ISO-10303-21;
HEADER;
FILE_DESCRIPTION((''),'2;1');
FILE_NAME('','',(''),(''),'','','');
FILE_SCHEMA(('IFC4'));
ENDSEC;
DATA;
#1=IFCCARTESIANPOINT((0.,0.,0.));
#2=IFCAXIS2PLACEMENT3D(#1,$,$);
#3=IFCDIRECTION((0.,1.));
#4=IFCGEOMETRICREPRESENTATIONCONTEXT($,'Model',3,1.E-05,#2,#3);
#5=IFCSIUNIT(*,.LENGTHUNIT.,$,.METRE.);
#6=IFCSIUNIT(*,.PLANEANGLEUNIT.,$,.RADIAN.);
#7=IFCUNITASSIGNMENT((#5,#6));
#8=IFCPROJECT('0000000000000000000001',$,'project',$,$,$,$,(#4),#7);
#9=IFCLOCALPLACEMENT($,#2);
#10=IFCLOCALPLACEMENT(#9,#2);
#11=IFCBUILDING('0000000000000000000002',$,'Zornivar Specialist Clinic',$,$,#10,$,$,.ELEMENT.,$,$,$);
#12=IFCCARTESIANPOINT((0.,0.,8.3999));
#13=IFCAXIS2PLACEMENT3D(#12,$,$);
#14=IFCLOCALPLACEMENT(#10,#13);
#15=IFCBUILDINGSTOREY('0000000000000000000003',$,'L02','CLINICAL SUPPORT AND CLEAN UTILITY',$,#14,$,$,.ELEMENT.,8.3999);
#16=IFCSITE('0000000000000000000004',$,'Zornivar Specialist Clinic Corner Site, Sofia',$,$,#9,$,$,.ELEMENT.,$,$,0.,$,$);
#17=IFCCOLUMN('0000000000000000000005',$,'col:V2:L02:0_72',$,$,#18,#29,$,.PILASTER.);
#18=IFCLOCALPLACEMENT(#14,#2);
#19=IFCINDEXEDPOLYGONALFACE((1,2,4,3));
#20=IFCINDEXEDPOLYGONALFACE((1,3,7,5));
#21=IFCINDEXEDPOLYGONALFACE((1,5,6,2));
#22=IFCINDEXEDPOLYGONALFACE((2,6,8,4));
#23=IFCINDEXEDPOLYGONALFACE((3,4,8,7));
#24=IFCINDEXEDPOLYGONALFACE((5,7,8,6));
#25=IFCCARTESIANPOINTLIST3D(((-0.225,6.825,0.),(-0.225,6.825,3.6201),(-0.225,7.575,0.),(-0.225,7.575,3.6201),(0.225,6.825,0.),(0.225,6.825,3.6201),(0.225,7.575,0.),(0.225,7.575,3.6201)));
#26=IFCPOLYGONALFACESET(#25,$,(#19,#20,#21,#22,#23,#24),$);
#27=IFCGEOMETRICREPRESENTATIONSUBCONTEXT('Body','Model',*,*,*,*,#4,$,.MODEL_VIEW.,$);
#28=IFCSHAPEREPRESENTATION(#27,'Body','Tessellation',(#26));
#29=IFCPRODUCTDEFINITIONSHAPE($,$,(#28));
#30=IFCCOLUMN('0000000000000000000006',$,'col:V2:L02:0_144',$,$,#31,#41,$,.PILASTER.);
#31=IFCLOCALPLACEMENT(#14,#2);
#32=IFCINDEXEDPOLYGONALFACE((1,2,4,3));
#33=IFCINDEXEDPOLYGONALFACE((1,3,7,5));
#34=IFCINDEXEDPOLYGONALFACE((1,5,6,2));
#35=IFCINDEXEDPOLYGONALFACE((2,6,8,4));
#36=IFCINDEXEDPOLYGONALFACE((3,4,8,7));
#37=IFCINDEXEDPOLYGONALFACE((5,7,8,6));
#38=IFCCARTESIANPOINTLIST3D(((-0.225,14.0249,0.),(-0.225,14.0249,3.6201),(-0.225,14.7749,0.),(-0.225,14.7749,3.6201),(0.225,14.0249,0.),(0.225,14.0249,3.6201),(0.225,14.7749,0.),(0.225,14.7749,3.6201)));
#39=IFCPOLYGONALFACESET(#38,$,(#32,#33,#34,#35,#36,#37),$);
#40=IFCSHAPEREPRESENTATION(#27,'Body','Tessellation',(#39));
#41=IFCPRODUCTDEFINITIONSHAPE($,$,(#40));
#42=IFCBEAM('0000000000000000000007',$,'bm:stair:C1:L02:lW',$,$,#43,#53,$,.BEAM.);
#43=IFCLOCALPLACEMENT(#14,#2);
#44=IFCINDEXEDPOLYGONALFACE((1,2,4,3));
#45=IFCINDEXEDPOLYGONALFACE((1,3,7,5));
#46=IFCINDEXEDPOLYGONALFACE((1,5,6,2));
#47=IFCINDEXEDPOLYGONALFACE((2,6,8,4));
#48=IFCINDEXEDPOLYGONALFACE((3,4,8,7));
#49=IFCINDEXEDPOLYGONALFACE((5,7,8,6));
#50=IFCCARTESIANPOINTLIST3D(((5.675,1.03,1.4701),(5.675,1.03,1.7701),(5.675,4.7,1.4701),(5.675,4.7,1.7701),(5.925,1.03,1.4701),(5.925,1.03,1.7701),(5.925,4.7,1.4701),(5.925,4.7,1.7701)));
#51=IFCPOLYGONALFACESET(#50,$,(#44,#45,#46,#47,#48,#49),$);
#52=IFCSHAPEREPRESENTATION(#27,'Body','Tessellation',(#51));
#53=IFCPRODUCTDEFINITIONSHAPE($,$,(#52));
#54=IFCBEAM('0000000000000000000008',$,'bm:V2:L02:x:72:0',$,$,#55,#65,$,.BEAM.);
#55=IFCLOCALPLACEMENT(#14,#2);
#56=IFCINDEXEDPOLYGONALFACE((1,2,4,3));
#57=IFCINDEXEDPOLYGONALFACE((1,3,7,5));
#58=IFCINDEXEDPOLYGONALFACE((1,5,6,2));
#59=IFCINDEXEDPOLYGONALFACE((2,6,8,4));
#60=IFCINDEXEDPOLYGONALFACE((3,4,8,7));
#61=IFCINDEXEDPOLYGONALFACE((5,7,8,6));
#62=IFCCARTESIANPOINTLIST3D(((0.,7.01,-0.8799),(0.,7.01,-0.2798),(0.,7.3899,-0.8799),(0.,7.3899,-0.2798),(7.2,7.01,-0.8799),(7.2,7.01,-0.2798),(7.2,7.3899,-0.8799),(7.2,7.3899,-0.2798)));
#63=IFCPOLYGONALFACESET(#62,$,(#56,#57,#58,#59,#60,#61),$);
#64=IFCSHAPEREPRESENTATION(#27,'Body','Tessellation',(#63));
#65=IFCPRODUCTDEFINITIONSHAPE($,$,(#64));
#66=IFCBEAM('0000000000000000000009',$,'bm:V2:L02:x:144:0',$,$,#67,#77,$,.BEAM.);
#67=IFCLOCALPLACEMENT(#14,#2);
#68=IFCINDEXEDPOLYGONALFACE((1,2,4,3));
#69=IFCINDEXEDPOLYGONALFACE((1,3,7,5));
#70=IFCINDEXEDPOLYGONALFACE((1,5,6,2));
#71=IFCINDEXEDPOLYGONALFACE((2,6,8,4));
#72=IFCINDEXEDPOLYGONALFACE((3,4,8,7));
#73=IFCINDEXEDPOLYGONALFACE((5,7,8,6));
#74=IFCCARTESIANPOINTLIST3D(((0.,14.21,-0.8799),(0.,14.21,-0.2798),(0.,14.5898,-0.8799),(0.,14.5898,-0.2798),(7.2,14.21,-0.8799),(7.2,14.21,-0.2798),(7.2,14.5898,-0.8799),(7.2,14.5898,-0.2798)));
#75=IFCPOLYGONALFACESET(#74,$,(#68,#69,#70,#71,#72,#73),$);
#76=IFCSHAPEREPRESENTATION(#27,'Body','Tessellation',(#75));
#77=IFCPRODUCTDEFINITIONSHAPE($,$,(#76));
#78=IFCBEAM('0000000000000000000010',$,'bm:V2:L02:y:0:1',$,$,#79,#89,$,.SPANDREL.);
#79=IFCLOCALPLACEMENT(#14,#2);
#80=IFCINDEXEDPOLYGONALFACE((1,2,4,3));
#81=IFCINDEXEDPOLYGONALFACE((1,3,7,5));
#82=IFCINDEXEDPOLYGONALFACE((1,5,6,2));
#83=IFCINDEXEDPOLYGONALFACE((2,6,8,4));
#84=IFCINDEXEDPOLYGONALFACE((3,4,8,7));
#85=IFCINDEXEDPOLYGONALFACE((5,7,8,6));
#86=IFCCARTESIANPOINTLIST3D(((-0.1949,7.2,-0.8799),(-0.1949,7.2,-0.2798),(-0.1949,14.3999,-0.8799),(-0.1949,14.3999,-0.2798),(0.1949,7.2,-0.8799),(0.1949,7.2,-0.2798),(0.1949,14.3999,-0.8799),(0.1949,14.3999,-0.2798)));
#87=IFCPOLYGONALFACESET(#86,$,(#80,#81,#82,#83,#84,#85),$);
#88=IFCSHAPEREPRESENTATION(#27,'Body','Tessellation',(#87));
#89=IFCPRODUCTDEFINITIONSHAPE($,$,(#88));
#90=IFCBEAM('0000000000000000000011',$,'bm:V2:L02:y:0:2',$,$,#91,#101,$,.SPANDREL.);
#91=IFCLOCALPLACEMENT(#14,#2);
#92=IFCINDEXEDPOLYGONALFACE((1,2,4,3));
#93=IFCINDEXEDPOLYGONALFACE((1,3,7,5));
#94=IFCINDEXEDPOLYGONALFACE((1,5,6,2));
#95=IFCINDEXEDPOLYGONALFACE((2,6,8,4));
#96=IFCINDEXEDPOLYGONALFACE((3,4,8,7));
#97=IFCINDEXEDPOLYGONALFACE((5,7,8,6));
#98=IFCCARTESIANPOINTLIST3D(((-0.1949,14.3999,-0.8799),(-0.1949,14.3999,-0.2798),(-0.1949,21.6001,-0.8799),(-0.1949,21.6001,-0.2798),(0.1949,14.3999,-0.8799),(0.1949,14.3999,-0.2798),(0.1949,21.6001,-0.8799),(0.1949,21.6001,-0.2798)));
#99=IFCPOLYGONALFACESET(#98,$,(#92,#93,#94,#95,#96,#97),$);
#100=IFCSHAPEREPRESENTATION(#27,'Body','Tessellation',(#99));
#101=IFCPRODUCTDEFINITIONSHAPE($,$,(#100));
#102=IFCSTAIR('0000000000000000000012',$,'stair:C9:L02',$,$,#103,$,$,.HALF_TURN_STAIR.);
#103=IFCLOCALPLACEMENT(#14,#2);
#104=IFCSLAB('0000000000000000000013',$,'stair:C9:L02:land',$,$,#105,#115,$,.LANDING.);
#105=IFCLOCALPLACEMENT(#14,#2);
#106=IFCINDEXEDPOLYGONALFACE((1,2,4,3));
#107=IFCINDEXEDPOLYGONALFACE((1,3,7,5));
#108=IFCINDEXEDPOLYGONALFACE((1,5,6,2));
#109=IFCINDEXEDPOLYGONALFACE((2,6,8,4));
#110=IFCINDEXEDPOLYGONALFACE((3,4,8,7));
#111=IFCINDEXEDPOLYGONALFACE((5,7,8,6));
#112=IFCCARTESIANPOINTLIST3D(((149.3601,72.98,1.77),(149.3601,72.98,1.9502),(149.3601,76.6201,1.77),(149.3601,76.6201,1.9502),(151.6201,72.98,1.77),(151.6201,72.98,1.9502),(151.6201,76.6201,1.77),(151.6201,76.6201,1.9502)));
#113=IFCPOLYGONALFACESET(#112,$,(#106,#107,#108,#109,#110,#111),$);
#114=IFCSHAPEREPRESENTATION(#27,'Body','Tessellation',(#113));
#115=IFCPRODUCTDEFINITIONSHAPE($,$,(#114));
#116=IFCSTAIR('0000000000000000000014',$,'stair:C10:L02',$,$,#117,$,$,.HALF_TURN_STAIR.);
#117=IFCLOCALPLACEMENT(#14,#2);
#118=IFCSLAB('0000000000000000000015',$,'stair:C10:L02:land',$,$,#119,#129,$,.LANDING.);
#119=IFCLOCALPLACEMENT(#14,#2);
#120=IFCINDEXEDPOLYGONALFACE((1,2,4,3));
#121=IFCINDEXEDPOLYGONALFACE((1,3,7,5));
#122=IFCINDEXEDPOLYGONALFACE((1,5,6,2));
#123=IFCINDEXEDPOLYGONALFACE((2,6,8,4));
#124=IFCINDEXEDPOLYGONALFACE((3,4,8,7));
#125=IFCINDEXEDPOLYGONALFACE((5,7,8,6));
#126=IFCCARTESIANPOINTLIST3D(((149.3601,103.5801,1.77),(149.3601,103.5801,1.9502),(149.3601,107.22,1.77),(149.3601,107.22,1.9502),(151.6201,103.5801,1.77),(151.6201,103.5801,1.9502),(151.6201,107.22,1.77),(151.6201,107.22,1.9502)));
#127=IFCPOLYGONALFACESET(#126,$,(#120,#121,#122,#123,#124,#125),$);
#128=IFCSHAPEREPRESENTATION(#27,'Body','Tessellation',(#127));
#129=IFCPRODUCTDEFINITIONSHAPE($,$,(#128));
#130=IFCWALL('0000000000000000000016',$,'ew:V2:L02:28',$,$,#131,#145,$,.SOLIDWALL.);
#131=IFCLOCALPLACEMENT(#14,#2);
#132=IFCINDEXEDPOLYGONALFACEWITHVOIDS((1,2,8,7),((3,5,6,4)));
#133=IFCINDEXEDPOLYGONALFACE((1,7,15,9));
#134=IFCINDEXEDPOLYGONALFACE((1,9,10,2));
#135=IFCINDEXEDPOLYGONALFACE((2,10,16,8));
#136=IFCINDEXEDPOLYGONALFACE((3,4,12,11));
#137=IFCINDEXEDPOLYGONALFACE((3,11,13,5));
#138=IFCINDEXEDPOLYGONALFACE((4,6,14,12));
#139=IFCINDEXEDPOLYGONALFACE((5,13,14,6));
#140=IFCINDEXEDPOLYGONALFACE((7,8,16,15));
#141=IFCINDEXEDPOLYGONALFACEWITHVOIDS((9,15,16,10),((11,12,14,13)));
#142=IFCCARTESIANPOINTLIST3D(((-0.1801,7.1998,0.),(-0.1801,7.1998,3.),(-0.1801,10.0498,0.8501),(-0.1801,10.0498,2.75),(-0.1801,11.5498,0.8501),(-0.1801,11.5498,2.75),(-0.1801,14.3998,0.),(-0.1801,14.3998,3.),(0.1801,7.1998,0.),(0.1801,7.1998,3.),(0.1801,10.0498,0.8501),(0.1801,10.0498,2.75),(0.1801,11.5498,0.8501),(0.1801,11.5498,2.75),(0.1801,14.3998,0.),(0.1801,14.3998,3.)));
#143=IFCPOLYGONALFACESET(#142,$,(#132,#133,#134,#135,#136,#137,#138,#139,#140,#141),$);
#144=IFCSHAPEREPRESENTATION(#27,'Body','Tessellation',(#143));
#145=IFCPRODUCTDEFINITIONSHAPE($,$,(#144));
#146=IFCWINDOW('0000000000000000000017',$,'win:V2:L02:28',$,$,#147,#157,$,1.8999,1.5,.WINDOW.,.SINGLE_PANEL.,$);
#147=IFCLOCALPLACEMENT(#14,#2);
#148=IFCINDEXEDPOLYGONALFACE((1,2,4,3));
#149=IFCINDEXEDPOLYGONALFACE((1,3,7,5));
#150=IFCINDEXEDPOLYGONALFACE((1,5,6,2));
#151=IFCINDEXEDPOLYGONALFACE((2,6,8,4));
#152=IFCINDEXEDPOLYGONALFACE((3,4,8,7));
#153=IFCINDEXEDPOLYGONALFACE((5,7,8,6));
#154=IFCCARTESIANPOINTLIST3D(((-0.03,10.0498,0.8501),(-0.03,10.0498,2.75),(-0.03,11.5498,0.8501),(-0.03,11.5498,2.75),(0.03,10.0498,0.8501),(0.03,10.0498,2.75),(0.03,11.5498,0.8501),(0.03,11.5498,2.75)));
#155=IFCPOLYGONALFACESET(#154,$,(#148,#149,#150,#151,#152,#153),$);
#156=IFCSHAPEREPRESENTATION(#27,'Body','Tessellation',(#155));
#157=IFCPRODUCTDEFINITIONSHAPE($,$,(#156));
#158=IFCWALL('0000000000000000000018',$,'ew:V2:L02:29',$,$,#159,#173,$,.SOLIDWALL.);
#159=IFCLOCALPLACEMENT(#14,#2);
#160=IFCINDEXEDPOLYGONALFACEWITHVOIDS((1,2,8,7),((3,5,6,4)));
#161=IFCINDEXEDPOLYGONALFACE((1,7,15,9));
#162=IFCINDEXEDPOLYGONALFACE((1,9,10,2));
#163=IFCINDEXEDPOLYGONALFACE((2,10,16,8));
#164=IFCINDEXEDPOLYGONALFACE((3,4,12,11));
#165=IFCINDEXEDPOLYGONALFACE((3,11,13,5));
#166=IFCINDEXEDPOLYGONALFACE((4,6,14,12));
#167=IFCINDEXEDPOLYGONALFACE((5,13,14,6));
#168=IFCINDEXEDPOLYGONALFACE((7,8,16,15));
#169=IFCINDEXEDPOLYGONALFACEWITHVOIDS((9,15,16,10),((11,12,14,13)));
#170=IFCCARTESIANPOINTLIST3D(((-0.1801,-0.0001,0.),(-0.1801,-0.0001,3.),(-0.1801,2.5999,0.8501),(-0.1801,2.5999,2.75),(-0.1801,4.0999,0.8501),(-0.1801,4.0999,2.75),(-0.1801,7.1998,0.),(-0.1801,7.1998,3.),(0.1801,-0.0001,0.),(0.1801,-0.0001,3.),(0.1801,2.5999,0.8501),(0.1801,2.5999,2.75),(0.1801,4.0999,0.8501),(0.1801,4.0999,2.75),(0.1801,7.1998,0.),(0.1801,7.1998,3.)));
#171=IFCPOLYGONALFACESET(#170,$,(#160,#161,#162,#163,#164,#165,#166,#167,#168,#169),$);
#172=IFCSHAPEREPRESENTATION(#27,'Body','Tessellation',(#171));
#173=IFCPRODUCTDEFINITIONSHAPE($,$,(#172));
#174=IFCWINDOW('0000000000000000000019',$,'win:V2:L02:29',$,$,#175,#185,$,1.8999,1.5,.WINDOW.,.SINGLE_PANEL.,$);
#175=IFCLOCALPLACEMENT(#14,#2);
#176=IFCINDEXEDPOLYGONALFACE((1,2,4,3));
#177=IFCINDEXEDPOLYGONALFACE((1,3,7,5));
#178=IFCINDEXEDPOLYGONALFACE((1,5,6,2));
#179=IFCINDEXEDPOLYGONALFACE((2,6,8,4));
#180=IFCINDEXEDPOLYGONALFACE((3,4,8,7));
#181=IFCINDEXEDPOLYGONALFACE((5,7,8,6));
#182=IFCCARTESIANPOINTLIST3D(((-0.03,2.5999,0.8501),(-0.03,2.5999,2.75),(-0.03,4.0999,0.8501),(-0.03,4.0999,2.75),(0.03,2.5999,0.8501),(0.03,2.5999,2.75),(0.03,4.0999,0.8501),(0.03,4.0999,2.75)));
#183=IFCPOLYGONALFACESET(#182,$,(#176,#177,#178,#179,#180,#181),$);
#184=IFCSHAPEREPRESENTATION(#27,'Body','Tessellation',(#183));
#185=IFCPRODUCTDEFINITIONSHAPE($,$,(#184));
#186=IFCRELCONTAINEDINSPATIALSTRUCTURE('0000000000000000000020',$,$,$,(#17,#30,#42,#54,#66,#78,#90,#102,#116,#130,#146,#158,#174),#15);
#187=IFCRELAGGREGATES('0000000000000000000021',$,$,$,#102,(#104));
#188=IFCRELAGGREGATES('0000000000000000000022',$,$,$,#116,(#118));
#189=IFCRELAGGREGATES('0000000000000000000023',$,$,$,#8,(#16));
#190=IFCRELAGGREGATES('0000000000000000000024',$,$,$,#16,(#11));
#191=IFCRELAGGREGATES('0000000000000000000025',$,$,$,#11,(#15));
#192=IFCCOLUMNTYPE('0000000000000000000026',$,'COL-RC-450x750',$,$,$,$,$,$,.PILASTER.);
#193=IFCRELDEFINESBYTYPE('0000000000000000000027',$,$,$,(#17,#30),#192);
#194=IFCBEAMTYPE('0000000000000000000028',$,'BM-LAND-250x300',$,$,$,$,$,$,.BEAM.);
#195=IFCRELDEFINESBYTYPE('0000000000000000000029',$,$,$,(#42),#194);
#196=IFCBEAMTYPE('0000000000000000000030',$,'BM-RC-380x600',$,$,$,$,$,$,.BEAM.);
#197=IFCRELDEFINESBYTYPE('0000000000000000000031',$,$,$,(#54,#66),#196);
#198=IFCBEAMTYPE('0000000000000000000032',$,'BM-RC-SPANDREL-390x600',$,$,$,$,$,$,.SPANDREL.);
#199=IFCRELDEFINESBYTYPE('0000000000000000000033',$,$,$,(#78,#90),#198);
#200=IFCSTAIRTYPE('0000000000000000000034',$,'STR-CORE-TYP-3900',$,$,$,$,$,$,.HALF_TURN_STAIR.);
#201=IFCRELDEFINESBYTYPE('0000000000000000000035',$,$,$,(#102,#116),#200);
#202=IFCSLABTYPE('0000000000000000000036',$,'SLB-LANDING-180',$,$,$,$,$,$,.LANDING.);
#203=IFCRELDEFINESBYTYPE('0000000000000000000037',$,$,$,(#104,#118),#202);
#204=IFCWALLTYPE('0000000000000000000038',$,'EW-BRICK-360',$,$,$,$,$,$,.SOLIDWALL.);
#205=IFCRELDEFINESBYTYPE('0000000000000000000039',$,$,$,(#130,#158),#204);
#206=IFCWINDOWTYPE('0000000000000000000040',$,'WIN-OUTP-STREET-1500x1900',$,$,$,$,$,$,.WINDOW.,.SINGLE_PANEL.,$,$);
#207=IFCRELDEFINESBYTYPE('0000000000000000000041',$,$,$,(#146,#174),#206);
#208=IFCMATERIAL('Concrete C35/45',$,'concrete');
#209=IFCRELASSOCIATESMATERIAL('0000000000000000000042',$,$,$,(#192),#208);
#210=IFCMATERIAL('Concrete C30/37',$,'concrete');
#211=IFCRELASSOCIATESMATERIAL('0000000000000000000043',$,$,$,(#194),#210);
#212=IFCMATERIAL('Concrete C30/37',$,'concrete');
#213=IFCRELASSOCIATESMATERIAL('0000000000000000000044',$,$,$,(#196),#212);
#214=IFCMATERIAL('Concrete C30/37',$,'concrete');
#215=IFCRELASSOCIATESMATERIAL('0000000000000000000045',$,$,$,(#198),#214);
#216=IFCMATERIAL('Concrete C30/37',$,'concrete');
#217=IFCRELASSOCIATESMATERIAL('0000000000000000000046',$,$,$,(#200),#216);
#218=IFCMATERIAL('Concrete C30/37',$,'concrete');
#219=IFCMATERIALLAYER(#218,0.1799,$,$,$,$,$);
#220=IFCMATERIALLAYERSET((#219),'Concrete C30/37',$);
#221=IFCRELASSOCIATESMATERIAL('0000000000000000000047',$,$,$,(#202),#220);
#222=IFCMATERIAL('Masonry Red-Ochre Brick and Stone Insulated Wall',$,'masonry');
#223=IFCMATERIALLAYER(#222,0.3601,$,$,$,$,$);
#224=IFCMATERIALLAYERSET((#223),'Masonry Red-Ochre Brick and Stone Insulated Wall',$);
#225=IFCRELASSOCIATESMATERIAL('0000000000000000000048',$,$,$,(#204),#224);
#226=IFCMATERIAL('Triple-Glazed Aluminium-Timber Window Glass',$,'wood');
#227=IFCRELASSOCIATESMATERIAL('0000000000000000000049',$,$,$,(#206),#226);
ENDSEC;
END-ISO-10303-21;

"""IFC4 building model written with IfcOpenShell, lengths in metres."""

from ifc_helpers import new_model, si_unit, direction, frame, frame_2d, origin, origin_2d, place, context, subcontext, project, spatial, polyline, rectangle, outline, extrude, material, layer, layer_set, material_profile, profile_set, type_object, element, fill, aggregate, save


model = new_model("IFC4")

# Units and contexts
model_context = context("Model", 3, precision=1e-05, world=origin(), true_north=direction((0.0, 1.0)))
body_context = subcontext(model_context, "Body", "Model", "MODEL_VIEW")
ifc_project = project(units=[si_unit("LENGTHUNIT", "METRE"), si_unit("PLANEANGLEUNIT", "RADIAN")], contexts=[model_context])

# Site, building, storey
site_placement = place(None, origin())
site = spatial("IfcSite", under=ifc_project, at=site_placement, Name="Zornivar Specialist Clinic Corner Site, Sofia", CompositionType="ELEMENT", RefElevation=0.0)
building_placement = place(site_placement, origin())
building = spatial("IfcBuilding", under=site, at=building_placement, Name="Zornivar Specialist Clinic", CompositionType="ELEMENT")
storey_placement = place(building_placement, frame((0.0, 0.0, 8.3999)))
storey = spatial("IfcBuildingStorey", under=building, at=storey_placement, Name="L02", Description="CLINICAL SUPPORT AND CLEAN UTILITY", CompositionType="ELEMENT", Elevation=8.3999)

# Columns
ifc_material_1 = material(Name="Concrete C35/45", Category="concrete")
ifc_material_profile_1 = material_profile(ifc_material_1, rectangle(XDim=0.45, YDim=0.75, at=origin_2d()), Name="RC 450x750")
ifc_profile_set_1 = profile_set([ifc_material_profile_1], Name="Concrete C35/45")
column_type = type_object("IfcColumnType", Name="COL-RC-450x750", PredefinedType="PILASTER", material=ifc_profile_set_1)
for number, where, z_axis, x_axis, name in (
    (1, (0.0, 7.2, 0.0), (0.0, 0.0, 1.0), (1.0, 0.0, 0.0), "col:V2:L02:0_72"),
    (2, (0.0, 14.3999, 0.0), (0.0, 0.0, 1.0), (1.0, 0.0, 0.0), "col:V2:L02:0_144"),
):
    element("IfcColumn", number, at=place(storey_placement, frame(where, z_axis=z_axis, x_axis=x_axis)), inside=storey, type_object=column_type, Name=name, PredefinedType="PILASTER", context=body_context, shape_type="SweptSolid", body=[
        extrude(rectangle(XDim=0.45, YDim=0.75, at=origin_2d()), origin(), (0.0, 0.0, 1.0), 3.6201),
    ])

# Beams
ifc_material_2 = material(Name="Concrete C30/37", Category="concrete")
ifc_material_profile_2 = material_profile(ifc_material_2, rectangle(XDim=0.25, YDim=0.3, at=origin_2d()), Name="RC 250x300")
ifc_profile_set_2 = profile_set([ifc_material_profile_2], Name="Concrete C30/37")
beam_type_1 = type_object("IfcBeamType", Name="BM-LAND-250x300", PredefinedType="BEAM", material=ifc_profile_set_2)
beam_1_placement = place(storey_placement, frame((5.8, 1.03, 1.6201), z_axis=(0.0, 1.0, 0.0), x_axis=(-1.0, 0.0, 0.0)))
element("IfcBeam", 3, at=beam_1_placement, inside=storey, type_object=beam_type_1, Name="bm:stair:C1:L02:lW", PredefinedType="BEAM", context=body_context, shape_type="SweptSolid", body=[
    extrude(rectangle(XDim=0.25, YDim=0.3, at=origin_2d()), origin(), (0.0, 0.0, 1.0), 3.6699),
])
ifc_material_3 = material(Name="Concrete C30/37", Category="concrete")
ifc_material_profile_3 = material_profile(ifc_material_3, rectangle(XDim=0.3799, YDim=0.6001, at=origin_2d()), Name="RC 380x600")
ifc_profile_set_3 = profile_set([ifc_material_profile_3], Name="Concrete C30/37")
beam_type_2 = type_object("IfcBeamType", Name="BM-RC-380x600", PredefinedType="BEAM", material=ifc_profile_set_3)
for number, where, z_axis, x_axis, name in (
    (4, (0.0, 7.2, -0.5798), (1.0, 0.0, 0.0), (0.0, 1.0, 0.0), "bm:V2:L02:x:72:0"),
    (5, (0.0, 14.3999, -0.5798), (1.0, 0.0, 0.0), (0.0, 1.0, 0.0), "bm:V2:L02:x:144:0"),
):
    element("IfcBeam", number, at=place(storey_placement, frame(where, z_axis=z_axis, x_axis=x_axis)), inside=storey, type_object=beam_type_2, Name=name, PredefinedType="BEAM", context=body_context, shape_type="SweptSolid", body=[
        extrude(rectangle(XDim=0.3799, YDim=0.6001, at=origin_2d()), origin(), (0.0, 0.0, 1.0), 7.2),
    ])
ifc_material_4 = material(Name="Concrete C30/37", Category="concrete")
ifc_material_profile_4 = material_profile(ifc_material_4, rectangle(XDim=0.3899, YDim=0.6001, at=origin_2d()), Name="RC 390x600")
ifc_profile_set_4 = profile_set([ifc_material_profile_4], Name="Concrete C30/37")
beam_type_3 = type_object("IfcBeamType", Name="BM-RC-SPANDREL-390x600", PredefinedType="SPANDREL", material=ifc_profile_set_4)
beam_2_placement = place(storey_placement, frame((0.0, 7.2, -0.5798), z_axis=(0.0, 1.0, 0.0), x_axis=(-1.0, 0.0, 0.0)))
element("IfcBeam", 6, at=beam_2_placement, inside=storey, type_object=beam_type_3, Name="bm:V2:L02:y:0:1", PredefinedType="SPANDREL", context=body_context, shape_type="SweptSolid", body=[
    extrude(rectangle(XDim=0.3899, YDim=0.6001, at=origin_2d()), origin(), (0.0, 0.0, 1.0), 7.2),
])
beam_3_placement = place(storey_placement, frame((0.0, 14.3999, -0.5798), z_axis=(0.0, 1.0, 0.0), x_axis=(-1.0, 0.0, 0.0)))
element("IfcBeam", 7, at=beam_3_placement, inside=storey, type_object=beam_type_3, Name="bm:V2:L02:y:0:2", PredefinedType="SPANDREL", context=body_context, shape_type="SweptSolid", body=[
    extrude(rectangle(XDim=0.3899, YDim=0.6001, at=origin_2d()), origin(), (0.0, 0.0, 1.0), 7.2002),
])

# Stairs, slabs
ifc_material_5 = material(Name="Concrete C30/37", Category="concrete")
stair_type = type_object("IfcStairType", Name="STR-CORE-TYP-3900", PredefinedType="HALF_TURN_STAIR", material=ifc_material_5)
stair_1_placement = place(storey_placement, origin())
stair_1 = element("IfcStair", 8, at=stair_1_placement, inside=storey, type_object=stair_type, Name="stair:C9:L02", PredefinedType="HALF_TURN_STAIR")
ifc_material_6 = material(Name="Concrete C30/37", Category="concrete")
ifc_layer_1 = layer(ifc_material_6, 0.1799)
ifc_layer_set_1 = layer_set([ifc_layer_1], Name="Concrete C30/37")
slab_type = type_object("IfcSlabType", Name="SLB-LANDING-180", PredefinedType="LANDING", material=ifc_layer_set_1)
slab_1_placement = place(storey_placement, frame((0.0, 0.0, 1.77)))
slab_1 = element("IfcSlab", 9, at=slab_1_placement, type_object=slab_type, Name="stair:C9:L02:land", PredefinedType="LANDING", context=body_context, shape_type="SweptSolid", body=[
    extrude(outline(polyline([(149.3601, 72.98), (151.6201, 72.98), (151.6201, 76.6201), (149.3601, 76.6201), (149.3601, 72.98)])), origin(), (0.0, 0.0, 1.0), 0.1802),
])
aggregate(stair_1, [slab_1])
stair_2_placement = place(storey_placement, origin())
stair_2 = element("IfcStair", 10, at=stair_2_placement, inside=storey, type_object=stair_type, Name="stair:C10:L02", PredefinedType="HALF_TURN_STAIR")
slab_2_placement = place(storey_placement, frame((0.0, 0.0, 1.77)))
slab_2 = element("IfcSlab", 11, at=slab_2_placement, type_object=slab_type, Name="stair:C10:L02:land", PredefinedType="LANDING", context=body_context, shape_type="SweptSolid", body=[
    extrude(outline(polyline([(149.3601, 103.5801), (151.6201, 103.5801), (151.6201, 107.22), (149.3601, 107.22), (149.3601, 103.5801)])), origin(), (0.0, 0.0, 1.0), 0.1802),
])
aggregate(stair_2, [slab_2])

# Walls, openings, windows
ifc_material_7 = material(Name="Masonry Red-Ochre Brick and Stone Insulated Wall", Category="masonry")
ifc_layer_2 = layer(ifc_material_7, 0.3601)
ifc_layer_set_2 = layer_set([ifc_layer_2], Name="Masonry Red-Ochre Brick and Stone Insulated Wall")
wall_type_1 = type_object("IfcWallType", Name="EW-BRICK-360", PredefinedType="SOLIDWALL", material=ifc_layer_set_2)
wall_1_placement = place(storey_placement, frame((0.0, 14.3999, 0.0), z_axis=(0.0, 0.0, 1.0), x_axis=(0.0, -1.0, 0.0)))
wall_1 = element("IfcWall", 12, at=wall_1_placement, inside=storey, type_object=wall_type_1, Name="ew:V2:L02:28", PredefinedType="SOLIDWALL", context=body_context, shape_type="SweptSolid", body=[
    extrude(rectangle(XDim=7.2, YDim=0.3601, at=frame_2d((3.6001, 0.0))), origin(), (0.0, 0.0, 1.0), 3.0),
])
opening_1_placement = place(wall_1_placement, frame((2.8501, 0.0, 0.8501)))
opening_1 = element("IfcOpeningElement", 13, at=opening_1_placement, cuts=wall_1, PredefinedType="OPENING", context=body_context, shape_type="SweptSolid", body=[
    extrude(rectangle(XDim=1.5, YDim=1.8999, at=frame_2d((0.75, 0.95))), frame((0.0, 0.1899, 0.0), z_axis=(0.0, -1.0, 0.0), x_axis=(1.0, 0.0, 0.0)), (0.0, 0.0, 1.0), 0.3801),
])
ifc_material_8 = material(Name="Triple-Glazed Aluminium-Timber Window Glass", Category="wood")
window_type = type_object("IfcWindowType", Name="WIN-OUTP-STREET-1500x1900", PartitioningType="SINGLE_PANEL", PredefinedType="WINDOW", material=ifc_material_8)
window_1_placement = place(opening_1_placement, origin())
window_1 = element("IfcWindow", 14, at=window_1_placement, inside=storey, type_object=window_type, Name="win:V2:L02:28", OverallHeight=1.8999, OverallWidth=1.5, PartitioningType="SINGLE_PANEL", PredefinedType="WINDOW", context=body_context, shape_type="SweptSolid", body=[
    extrude(rectangle(XDim=1.5, YDim=1.8999, at=frame_2d((0.75, 0.95))), frame((0.0, 0.03, 0.0), z_axis=(0.0, -1.0, 0.0), x_axis=(1.0, 0.0, 0.0)), (0.0, 0.0, 1.0), 0.0601),
])
fill(opening_1, window_1)
wall_2_placement = place(storey_placement, frame((0.0, 7.2, 0.0), z_axis=(0.0, 0.0, 1.0), x_axis=(0.0, -1.0, 0.0)))
wall_2 = element("IfcWall", 15, at=wall_2_placement, inside=storey, type_object=wall_type_1, Name="ew:V2:L02:29", PredefinedType="SOLIDWALL", context=body_context, shape_type="SweptSolid", body=[
    extrude(rectangle(XDim=7.2, YDim=0.3601, at=frame_2d((3.6001, 0.0))), origin(), (0.0, 0.0, 1.0), 3.0),
])
opening_2_placement = place(wall_2_placement, frame((3.1001, 0.0, 0.8501)))
opening_2 = element("IfcOpeningElement", 16, at=opening_2_placement, cuts=wall_2, PredefinedType="OPENING", context=body_context, shape_type="SweptSolid", body=[
    extrude(rectangle(XDim=1.5, YDim=1.8999, at=frame_2d((0.75, 0.95))), frame((0.0, 0.1899, 0.0), z_axis=(0.0, -1.0, 0.0), x_axis=(1.0, 0.0, 0.0)), (0.0, 0.0, 1.0), 0.3801),
])
window_2_placement = place(opening_2_placement, origin())
window_2 = element("IfcWindow", 17, at=window_2_placement, inside=storey, type_object=window_type, Name="win:V2:L02:29", OverallHeight=1.8999, OverallWidth=1.5, PartitioningType="SINGLE_PANEL", PredefinedType="WINDOW", context=body_context, shape_type="SweptSolid", body=[
    extrude(rectangle(XDim=1.5, YDim=1.8999, at=frame_2d((0.75, 0.95))), frame((0.0, 0.03, 0.0), z_axis=(0.0, -1.0, 0.0), x_axis=(1.0, 0.0, 0.0)), (0.0, 0.0, 1.0), 0.0601),
])
fill(opening_2, window_2)

save(model, "model.ifc")
